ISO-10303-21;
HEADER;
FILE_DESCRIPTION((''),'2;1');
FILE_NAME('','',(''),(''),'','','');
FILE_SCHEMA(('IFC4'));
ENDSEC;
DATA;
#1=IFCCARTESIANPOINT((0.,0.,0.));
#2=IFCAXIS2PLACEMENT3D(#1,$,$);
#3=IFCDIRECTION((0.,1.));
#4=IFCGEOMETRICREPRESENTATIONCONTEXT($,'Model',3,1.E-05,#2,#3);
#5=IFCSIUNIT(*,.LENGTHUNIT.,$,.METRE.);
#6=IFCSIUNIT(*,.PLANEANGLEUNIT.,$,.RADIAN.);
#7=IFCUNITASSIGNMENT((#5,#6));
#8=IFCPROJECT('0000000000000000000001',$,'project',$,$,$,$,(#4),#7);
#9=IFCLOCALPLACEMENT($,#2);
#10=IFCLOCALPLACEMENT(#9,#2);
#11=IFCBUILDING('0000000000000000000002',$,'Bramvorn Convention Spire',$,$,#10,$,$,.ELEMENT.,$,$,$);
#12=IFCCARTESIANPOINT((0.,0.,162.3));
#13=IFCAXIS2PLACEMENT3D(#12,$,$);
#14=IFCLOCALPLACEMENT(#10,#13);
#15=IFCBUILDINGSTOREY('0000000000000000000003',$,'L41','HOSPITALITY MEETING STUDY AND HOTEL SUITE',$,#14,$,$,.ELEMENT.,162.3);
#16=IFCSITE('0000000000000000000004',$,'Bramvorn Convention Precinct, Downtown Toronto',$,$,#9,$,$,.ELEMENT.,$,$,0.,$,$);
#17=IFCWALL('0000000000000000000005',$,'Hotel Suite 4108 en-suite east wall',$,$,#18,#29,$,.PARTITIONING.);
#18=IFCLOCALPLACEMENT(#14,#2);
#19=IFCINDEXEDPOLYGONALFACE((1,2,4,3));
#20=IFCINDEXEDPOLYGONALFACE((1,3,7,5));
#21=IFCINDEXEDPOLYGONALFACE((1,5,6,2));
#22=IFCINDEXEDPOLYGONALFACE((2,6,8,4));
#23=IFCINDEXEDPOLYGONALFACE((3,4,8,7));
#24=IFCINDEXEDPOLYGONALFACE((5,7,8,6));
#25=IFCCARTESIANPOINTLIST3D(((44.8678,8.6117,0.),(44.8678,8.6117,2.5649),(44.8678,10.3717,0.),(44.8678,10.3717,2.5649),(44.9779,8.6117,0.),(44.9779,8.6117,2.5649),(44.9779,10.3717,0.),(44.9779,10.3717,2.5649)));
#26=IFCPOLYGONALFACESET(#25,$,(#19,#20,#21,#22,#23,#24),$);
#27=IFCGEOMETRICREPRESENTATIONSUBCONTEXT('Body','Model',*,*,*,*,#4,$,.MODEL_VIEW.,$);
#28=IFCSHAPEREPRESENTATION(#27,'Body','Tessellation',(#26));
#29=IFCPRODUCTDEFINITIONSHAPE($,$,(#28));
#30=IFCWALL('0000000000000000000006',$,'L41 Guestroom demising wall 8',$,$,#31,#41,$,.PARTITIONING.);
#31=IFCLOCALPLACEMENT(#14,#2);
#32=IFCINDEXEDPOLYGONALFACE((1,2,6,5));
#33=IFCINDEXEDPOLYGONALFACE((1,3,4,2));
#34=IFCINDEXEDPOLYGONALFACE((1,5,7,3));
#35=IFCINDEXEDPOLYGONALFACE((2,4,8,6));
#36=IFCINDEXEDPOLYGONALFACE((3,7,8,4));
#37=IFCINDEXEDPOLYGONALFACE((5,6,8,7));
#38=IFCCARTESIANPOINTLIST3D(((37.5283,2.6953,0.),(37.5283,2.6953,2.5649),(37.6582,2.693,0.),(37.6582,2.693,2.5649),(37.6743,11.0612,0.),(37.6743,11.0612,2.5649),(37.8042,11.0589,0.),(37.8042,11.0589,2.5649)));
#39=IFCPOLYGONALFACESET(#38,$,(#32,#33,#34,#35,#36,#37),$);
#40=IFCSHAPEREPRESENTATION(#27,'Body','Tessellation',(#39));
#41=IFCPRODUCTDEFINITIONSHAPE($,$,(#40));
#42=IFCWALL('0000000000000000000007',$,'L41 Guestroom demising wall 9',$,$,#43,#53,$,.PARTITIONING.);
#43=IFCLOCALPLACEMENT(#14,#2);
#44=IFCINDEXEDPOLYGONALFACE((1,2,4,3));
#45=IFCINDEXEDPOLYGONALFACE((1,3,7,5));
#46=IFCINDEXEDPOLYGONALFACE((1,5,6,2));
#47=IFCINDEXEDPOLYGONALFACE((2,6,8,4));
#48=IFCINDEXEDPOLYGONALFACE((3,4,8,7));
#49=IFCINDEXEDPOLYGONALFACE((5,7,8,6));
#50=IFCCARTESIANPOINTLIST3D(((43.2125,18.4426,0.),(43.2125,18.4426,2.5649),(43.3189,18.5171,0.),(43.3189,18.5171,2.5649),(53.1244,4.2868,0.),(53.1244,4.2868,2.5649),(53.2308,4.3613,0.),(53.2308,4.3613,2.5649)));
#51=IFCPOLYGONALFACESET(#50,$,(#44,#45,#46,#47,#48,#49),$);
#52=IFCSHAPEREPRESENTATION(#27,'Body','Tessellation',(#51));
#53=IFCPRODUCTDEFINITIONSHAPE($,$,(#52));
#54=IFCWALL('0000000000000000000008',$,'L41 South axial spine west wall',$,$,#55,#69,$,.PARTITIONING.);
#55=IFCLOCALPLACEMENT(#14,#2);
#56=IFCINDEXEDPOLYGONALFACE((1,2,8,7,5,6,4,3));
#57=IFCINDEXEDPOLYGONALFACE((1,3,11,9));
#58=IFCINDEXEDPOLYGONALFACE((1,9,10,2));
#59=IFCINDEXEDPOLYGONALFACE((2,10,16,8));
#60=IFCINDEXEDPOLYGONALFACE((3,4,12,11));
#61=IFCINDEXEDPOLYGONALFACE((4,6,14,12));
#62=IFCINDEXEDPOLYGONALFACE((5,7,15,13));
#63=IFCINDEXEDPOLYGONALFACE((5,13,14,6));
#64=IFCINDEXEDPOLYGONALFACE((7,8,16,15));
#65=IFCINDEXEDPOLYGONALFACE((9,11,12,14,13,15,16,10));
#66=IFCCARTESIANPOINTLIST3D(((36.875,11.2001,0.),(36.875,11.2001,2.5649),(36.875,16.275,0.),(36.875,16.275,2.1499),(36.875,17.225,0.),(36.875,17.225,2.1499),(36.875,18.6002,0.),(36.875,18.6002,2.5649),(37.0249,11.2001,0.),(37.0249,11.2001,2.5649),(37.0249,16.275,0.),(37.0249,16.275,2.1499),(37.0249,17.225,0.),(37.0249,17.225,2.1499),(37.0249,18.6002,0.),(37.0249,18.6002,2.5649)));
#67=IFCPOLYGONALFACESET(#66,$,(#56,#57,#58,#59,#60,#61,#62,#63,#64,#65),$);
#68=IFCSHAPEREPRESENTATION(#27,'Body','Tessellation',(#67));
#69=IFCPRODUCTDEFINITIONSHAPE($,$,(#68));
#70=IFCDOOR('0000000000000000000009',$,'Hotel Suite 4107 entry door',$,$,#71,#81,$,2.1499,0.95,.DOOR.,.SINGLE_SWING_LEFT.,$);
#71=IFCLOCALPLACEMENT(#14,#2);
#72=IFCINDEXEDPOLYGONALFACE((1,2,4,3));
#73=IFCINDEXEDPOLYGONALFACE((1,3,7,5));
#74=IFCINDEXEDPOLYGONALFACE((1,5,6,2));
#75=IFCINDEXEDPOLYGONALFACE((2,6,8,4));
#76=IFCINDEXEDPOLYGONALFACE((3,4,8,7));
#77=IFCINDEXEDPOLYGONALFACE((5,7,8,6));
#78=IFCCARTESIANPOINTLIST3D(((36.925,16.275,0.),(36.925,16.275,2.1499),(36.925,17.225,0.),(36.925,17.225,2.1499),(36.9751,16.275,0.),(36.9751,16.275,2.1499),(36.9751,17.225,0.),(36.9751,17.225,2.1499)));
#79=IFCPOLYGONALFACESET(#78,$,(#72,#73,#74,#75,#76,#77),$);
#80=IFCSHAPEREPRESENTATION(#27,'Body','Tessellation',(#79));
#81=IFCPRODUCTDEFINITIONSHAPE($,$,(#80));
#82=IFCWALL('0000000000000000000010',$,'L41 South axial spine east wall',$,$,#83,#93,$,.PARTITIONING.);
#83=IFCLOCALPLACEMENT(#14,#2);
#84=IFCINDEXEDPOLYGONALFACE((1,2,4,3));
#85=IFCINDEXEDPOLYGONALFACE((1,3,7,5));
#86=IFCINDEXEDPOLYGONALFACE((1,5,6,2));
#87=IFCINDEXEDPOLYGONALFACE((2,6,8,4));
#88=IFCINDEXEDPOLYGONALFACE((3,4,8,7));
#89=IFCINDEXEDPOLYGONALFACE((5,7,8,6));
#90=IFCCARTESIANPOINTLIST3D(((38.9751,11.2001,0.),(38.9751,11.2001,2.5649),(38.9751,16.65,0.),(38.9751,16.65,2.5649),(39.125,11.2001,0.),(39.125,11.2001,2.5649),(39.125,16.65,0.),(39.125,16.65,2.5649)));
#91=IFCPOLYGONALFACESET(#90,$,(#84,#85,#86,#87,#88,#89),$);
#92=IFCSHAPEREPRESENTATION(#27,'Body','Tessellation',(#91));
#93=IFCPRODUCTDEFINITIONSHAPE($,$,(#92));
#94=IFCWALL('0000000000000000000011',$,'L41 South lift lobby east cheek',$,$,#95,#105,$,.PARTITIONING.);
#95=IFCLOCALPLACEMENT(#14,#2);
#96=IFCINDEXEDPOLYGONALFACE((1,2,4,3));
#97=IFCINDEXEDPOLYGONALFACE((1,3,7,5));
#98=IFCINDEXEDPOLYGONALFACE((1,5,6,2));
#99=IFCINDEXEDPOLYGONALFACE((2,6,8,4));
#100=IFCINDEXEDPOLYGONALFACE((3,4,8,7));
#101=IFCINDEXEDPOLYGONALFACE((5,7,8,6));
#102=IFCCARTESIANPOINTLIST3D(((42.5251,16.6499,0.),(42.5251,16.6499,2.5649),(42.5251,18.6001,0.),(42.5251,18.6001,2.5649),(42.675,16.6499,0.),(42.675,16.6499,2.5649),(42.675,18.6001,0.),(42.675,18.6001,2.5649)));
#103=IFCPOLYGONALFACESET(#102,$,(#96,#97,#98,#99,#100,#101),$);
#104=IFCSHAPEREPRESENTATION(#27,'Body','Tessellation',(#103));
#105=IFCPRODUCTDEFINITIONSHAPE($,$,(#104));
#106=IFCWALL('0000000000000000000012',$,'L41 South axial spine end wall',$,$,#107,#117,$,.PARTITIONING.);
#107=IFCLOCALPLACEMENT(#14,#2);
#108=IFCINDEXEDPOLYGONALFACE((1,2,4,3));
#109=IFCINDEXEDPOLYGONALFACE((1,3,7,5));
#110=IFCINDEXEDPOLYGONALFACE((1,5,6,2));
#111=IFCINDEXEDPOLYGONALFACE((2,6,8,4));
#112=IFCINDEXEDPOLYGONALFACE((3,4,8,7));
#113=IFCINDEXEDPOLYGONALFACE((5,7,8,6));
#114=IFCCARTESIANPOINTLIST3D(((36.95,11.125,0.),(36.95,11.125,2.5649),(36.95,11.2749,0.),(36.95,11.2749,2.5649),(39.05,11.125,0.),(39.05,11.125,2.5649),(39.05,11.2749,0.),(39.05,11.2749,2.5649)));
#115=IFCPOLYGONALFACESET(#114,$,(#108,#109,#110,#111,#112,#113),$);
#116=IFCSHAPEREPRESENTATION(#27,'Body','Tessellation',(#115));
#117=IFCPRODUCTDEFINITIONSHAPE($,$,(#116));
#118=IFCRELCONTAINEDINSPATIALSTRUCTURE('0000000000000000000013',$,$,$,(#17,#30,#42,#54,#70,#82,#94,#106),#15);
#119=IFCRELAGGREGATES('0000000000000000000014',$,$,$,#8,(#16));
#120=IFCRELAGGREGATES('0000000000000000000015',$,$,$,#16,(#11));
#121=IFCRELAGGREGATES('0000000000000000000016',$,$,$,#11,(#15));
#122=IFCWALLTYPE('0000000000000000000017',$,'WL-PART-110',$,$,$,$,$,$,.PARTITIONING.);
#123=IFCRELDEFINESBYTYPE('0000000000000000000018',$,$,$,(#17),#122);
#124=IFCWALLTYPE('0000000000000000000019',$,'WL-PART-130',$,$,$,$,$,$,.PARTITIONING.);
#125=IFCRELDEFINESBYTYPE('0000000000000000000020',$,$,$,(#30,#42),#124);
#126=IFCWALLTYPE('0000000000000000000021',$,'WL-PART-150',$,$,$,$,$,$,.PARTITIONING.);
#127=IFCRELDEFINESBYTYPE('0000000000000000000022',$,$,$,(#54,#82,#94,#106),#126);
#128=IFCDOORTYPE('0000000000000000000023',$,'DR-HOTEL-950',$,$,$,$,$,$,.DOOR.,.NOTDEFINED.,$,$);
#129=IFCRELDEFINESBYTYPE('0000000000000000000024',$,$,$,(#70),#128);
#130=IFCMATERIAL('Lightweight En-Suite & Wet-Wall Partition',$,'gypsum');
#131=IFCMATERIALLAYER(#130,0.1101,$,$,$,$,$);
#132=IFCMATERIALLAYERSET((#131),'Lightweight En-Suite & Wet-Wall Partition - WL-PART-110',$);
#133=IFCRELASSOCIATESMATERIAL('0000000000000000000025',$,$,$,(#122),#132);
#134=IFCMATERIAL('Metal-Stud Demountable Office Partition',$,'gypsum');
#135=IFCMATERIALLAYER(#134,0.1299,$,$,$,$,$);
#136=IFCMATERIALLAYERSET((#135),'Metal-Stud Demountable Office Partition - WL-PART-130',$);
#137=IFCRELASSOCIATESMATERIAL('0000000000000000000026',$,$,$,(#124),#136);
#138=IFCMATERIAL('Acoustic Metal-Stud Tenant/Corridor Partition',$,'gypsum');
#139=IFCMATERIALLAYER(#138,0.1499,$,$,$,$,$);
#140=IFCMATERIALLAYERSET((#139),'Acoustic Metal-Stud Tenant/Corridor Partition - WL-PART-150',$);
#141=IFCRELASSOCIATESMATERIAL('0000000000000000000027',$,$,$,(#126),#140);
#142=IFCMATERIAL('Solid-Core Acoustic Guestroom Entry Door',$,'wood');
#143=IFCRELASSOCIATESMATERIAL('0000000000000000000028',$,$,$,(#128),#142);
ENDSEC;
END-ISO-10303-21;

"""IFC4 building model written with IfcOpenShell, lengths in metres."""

from ifc_helpers import new_model, si_unit, direction, frame, frame_2d, origin, place, context, subcontext, project, spatial, rectangle, extrude, material, layer, layer_set, type_object, element, fill, save


model = new_model("IFC4")

# Units and contexts
model_context = context("Model", 3, precision=1e-05, world=origin(), true_north=direction((0.0, 1.0)))
body_context = subcontext(model_context, "Body", "Model", "MODEL_VIEW")
ifc_project = project(units=[si_unit("LENGTHUNIT", "METRE"), si_unit("PLANEANGLEUNIT", "RADIAN")], contexts=[model_context])

# Site, building, storey
site_placement = place(None, origin())
site = spatial("IfcSite", under=ifc_project, at=site_placement, Name="Bramvorn Convention Precinct, Downtown Toronto", CompositionType="ELEMENT", RefElevation=0.0)
building_placement = place(site_placement, origin())
building = spatial("IfcBuilding", under=site, at=building_placement, Name="Bramvorn Convention Spire", CompositionType="ELEMENT")
storey_placement = place(building_placement, frame((0.0, 0.0, 162.3)))
storey = spatial("IfcBuildingStorey", under=building, at=storey_placement, Name="L41", Description="HOSPITALITY MEETING STUDY AND HOTEL SUITE", CompositionType="ELEMENT", Elevation=162.3)

# Shared definitions
ifc_material_1 = material(Name="Lightweight En-Suite & Wet-Wall Partition", Category="gypsum")
ifc_layer_1 = layer(ifc_material_1, 0.1101)
ifc_layer_set_1 = layer_set([ifc_layer_1], Name="Lightweight En-Suite & Wet-Wall Partition - WL-PART-110")
wall_type_1 = type_object("IfcWallType", Name="WL-PART-110", PredefinedType="PARTITIONING", material=ifc_layer_set_1)

# Walls
for number, where, z_axis, x_axis, name in (
    (1, (44.9229, 8.6118, 0.0), (0.0, 0.0, 1.0), (0.0, 1.0, 0.0), "Hotel Suite 4108 en-suite east wall"),
):
    element("IfcWall", number, at=place(storey_placement, frame(where, z_axis=z_axis, x_axis=x_axis)), inside=storey, type_object=wall_type_1, Name=name, PredefinedType="PARTITIONING", context=body_context, shape_type="SweptSolid", body=[
        extrude(rectangle(XDim=1.76, YDim=0.1101, at=frame_2d((0.8799, 0.0))), origin(), (0.0, 0.0, 1.0), 2.5649),
    ])
ifc_material_2 = material(Name="Metal-Stud Demountable Office Partition", Category="gypsum")
ifc_layer_2 = layer(ifc_material_2, 0.1299)
ifc_layer_set_2 = layer_set([ifc_layer_2], Name="Metal-Stud Demountable Office Partition - WL-PART-130")
wall_type_2 = type_object("IfcWallType", Name="WL-PART-130", PredefinedType="PARTITIONING", material=ifc_layer_set_2)
wall_1_placement = place(storey_placement, frame((37.7393, 11.0601, 0.0), z_axis=(0.0, 0.0, 1.0), x_axis=(-0.017449, -0.999848, 0.0)))
element("IfcWall", 2, at=wall_1_placement, inside=storey, type_object=wall_type_2, Name="L41 Guestroom demising wall 8", PredefinedType="PARTITIONING", context=body_context, shape_type="SweptSolid", body=[
    extrude(rectangle(XDim=8.3672, YDim=0.1299, at=frame_2d((4.1836, 0.0))), origin(), (0.0, 0.0, 1.0), 2.5649),
])
wall_2_placement = place(storey_placement, frame((43.2656, 18.48, 0.0), z_axis=(0.0, 0.0, 1.0), x_axis=(0.573572, -0.819155, 0.0)))
element("IfcWall", 3, at=wall_2_placement, inside=storey, type_object=wall_type_2, Name="L41 Guestroom demising wall 9", PredefinedType="PARTITIONING", context=body_context, shape_type="SweptSolid", body=[
    extrude(rectangle(XDim=17.281, YDim=0.1299, at=frame_2d((8.6406, 0.0))), origin(), (0.0, 0.0, 1.0), 2.5649),
])

# Wall, opening, door
ifc_material_3 = material(Name="Acoustic Metal-Stud Tenant/Corridor Partition", Category="gypsum")
ifc_layer_3 = layer(ifc_material_3, 0.1499)
ifc_layer_set_3 = layer_set([ifc_layer_3], Name="Acoustic Metal-Stud Tenant/Corridor Partition - WL-PART-150")
wall_type_3 = type_object("IfcWallType", Name="WL-PART-150", PredefinedType="PARTITIONING", material=ifc_layer_set_3)
wall_3_placement = place(storey_placement, frame((36.95, 11.2, 0.0), z_axis=(0.0, 0.0, 1.0), x_axis=(0.0, 1.0, 0.0)))
wall_3 = element("IfcWall", 4, at=wall_3_placement, inside=storey, type_object=wall_type_3, Name="L41 South axial spine west wall", PredefinedType="PARTITIONING", context=body_context, shape_type="SweptSolid", body=[
    extrude(rectangle(XDim=7.4001, YDim=0.1499, at=frame_2d((3.7002, 0.0))), origin(), (0.0, 0.0, 1.0), 2.5649),
])
opening_1_placement = place(wall_3_placement, frame((5.075, 0.0, 0.0)))
opening_1 = element("IfcOpeningElement", 5, at=opening_1_placement, cuts=wall_3, PredefinedType="OPENING", context=body_context, shape_type="SweptSolid", body=[
    extrude(rectangle(XDim=0.95, YDim=2.1499, at=frame_2d((0.4751, 1.075))), frame((0.0, 0.085, 0.0), z_axis=(0.0, -1.0, 0.0), x_axis=(1.0, 0.0, 0.0)), (0.0, 0.0, 1.0), 0.1699),
])
ifc_material_4 = material(Name="Solid-Core Acoustic Guestroom Entry Door", Category="wood")
door_type_1 = type_object("IfcDoorType", Name="DR-HOTEL-950", OperationType="NOTDEFINED", PredefinedType="DOOR", material=ifc_material_4)
door_1_placement = place(opening_1_placement, origin())
door_1 = element("IfcDoor", 6, at=door_1_placement, inside=storey, type_object=door_type_1, Name="Hotel Suite 4107 entry door", OperationType="SINGLE_SWING_LEFT", OverallHeight=2.1499, OverallWidth=0.95, PredefinedType="DOOR", context=body_context, shape_type="SweptSolid", body=[
    extrude(rectangle(XDim=0.95, YDim=2.1499, at=frame_2d((0.4751, 1.075))), frame((0.0, 0.0249, 0.0), z_axis=(0.0, -1.0, 0.0), x_axis=(1.0, 0.0, 0.0)), (0.0, 0.0, 1.0), 0.05),
])
fill(opening_1, door_1)

# Wall
wall_4_placement = place(storey_placement, frame((39.05, 11.2, 0.0), z_axis=(0.0, 0.0, 1.0), x_axis=(0.0, 1.0, 0.0)))
element("IfcWall", 7, at=wall_4_placement, inside=storey, type_object=wall_type_3, Name="L41 South axial spine east wall", PredefinedType="PARTITIONING", context=body_context, shape_type="SweptSolid", body=[
    extrude(rectangle(XDim=5.45, YDim=0.1499, at=frame_2d((2.7251, 0.0))), origin(), (0.0, 0.0, 1.0), 2.5649),
])

# Walls
wall_5_placement = place(storey_placement, frame((42.6001, 16.6499, 0.0), z_axis=(0.0, 0.0, 1.0), x_axis=(0.0, 1.0, 0.0)))
element("IfcWall", 8, at=wall_5_placement, inside=storey, type_object=wall_type_3, Name="L41 South lift lobby east cheek", PredefinedType="PARTITIONING", context=body_context, shape_type="SweptSolid", body=[
    extrude(rectangle(XDim=1.9502, YDim=0.1499, at=frame_2d((0.9751, 0.0))), origin(), (0.0, 0.0, 1.0), 2.5649),
])
wall_6_placement = place(storey_placement, frame((36.95, 11.2, 0.0), z_axis=(0.0, 0.0, 1.0), x_axis=(1.0, 0.0, 0.0)))
element("IfcWall", 9, at=wall_6_placement, inside=storey, type_object=wall_type_3, Name="L41 South axial spine end wall", PredefinedType="PARTITIONING", context=body_context, shape_type="SweptSolid", body=[
    extrude(rectangle(XDim=2.1001, YDim=0.1499, at=frame_2d((1.05, 0.0))), origin(), (0.0, 0.0, 1.0), 2.5649),
])

save(model, "model.ifc")
